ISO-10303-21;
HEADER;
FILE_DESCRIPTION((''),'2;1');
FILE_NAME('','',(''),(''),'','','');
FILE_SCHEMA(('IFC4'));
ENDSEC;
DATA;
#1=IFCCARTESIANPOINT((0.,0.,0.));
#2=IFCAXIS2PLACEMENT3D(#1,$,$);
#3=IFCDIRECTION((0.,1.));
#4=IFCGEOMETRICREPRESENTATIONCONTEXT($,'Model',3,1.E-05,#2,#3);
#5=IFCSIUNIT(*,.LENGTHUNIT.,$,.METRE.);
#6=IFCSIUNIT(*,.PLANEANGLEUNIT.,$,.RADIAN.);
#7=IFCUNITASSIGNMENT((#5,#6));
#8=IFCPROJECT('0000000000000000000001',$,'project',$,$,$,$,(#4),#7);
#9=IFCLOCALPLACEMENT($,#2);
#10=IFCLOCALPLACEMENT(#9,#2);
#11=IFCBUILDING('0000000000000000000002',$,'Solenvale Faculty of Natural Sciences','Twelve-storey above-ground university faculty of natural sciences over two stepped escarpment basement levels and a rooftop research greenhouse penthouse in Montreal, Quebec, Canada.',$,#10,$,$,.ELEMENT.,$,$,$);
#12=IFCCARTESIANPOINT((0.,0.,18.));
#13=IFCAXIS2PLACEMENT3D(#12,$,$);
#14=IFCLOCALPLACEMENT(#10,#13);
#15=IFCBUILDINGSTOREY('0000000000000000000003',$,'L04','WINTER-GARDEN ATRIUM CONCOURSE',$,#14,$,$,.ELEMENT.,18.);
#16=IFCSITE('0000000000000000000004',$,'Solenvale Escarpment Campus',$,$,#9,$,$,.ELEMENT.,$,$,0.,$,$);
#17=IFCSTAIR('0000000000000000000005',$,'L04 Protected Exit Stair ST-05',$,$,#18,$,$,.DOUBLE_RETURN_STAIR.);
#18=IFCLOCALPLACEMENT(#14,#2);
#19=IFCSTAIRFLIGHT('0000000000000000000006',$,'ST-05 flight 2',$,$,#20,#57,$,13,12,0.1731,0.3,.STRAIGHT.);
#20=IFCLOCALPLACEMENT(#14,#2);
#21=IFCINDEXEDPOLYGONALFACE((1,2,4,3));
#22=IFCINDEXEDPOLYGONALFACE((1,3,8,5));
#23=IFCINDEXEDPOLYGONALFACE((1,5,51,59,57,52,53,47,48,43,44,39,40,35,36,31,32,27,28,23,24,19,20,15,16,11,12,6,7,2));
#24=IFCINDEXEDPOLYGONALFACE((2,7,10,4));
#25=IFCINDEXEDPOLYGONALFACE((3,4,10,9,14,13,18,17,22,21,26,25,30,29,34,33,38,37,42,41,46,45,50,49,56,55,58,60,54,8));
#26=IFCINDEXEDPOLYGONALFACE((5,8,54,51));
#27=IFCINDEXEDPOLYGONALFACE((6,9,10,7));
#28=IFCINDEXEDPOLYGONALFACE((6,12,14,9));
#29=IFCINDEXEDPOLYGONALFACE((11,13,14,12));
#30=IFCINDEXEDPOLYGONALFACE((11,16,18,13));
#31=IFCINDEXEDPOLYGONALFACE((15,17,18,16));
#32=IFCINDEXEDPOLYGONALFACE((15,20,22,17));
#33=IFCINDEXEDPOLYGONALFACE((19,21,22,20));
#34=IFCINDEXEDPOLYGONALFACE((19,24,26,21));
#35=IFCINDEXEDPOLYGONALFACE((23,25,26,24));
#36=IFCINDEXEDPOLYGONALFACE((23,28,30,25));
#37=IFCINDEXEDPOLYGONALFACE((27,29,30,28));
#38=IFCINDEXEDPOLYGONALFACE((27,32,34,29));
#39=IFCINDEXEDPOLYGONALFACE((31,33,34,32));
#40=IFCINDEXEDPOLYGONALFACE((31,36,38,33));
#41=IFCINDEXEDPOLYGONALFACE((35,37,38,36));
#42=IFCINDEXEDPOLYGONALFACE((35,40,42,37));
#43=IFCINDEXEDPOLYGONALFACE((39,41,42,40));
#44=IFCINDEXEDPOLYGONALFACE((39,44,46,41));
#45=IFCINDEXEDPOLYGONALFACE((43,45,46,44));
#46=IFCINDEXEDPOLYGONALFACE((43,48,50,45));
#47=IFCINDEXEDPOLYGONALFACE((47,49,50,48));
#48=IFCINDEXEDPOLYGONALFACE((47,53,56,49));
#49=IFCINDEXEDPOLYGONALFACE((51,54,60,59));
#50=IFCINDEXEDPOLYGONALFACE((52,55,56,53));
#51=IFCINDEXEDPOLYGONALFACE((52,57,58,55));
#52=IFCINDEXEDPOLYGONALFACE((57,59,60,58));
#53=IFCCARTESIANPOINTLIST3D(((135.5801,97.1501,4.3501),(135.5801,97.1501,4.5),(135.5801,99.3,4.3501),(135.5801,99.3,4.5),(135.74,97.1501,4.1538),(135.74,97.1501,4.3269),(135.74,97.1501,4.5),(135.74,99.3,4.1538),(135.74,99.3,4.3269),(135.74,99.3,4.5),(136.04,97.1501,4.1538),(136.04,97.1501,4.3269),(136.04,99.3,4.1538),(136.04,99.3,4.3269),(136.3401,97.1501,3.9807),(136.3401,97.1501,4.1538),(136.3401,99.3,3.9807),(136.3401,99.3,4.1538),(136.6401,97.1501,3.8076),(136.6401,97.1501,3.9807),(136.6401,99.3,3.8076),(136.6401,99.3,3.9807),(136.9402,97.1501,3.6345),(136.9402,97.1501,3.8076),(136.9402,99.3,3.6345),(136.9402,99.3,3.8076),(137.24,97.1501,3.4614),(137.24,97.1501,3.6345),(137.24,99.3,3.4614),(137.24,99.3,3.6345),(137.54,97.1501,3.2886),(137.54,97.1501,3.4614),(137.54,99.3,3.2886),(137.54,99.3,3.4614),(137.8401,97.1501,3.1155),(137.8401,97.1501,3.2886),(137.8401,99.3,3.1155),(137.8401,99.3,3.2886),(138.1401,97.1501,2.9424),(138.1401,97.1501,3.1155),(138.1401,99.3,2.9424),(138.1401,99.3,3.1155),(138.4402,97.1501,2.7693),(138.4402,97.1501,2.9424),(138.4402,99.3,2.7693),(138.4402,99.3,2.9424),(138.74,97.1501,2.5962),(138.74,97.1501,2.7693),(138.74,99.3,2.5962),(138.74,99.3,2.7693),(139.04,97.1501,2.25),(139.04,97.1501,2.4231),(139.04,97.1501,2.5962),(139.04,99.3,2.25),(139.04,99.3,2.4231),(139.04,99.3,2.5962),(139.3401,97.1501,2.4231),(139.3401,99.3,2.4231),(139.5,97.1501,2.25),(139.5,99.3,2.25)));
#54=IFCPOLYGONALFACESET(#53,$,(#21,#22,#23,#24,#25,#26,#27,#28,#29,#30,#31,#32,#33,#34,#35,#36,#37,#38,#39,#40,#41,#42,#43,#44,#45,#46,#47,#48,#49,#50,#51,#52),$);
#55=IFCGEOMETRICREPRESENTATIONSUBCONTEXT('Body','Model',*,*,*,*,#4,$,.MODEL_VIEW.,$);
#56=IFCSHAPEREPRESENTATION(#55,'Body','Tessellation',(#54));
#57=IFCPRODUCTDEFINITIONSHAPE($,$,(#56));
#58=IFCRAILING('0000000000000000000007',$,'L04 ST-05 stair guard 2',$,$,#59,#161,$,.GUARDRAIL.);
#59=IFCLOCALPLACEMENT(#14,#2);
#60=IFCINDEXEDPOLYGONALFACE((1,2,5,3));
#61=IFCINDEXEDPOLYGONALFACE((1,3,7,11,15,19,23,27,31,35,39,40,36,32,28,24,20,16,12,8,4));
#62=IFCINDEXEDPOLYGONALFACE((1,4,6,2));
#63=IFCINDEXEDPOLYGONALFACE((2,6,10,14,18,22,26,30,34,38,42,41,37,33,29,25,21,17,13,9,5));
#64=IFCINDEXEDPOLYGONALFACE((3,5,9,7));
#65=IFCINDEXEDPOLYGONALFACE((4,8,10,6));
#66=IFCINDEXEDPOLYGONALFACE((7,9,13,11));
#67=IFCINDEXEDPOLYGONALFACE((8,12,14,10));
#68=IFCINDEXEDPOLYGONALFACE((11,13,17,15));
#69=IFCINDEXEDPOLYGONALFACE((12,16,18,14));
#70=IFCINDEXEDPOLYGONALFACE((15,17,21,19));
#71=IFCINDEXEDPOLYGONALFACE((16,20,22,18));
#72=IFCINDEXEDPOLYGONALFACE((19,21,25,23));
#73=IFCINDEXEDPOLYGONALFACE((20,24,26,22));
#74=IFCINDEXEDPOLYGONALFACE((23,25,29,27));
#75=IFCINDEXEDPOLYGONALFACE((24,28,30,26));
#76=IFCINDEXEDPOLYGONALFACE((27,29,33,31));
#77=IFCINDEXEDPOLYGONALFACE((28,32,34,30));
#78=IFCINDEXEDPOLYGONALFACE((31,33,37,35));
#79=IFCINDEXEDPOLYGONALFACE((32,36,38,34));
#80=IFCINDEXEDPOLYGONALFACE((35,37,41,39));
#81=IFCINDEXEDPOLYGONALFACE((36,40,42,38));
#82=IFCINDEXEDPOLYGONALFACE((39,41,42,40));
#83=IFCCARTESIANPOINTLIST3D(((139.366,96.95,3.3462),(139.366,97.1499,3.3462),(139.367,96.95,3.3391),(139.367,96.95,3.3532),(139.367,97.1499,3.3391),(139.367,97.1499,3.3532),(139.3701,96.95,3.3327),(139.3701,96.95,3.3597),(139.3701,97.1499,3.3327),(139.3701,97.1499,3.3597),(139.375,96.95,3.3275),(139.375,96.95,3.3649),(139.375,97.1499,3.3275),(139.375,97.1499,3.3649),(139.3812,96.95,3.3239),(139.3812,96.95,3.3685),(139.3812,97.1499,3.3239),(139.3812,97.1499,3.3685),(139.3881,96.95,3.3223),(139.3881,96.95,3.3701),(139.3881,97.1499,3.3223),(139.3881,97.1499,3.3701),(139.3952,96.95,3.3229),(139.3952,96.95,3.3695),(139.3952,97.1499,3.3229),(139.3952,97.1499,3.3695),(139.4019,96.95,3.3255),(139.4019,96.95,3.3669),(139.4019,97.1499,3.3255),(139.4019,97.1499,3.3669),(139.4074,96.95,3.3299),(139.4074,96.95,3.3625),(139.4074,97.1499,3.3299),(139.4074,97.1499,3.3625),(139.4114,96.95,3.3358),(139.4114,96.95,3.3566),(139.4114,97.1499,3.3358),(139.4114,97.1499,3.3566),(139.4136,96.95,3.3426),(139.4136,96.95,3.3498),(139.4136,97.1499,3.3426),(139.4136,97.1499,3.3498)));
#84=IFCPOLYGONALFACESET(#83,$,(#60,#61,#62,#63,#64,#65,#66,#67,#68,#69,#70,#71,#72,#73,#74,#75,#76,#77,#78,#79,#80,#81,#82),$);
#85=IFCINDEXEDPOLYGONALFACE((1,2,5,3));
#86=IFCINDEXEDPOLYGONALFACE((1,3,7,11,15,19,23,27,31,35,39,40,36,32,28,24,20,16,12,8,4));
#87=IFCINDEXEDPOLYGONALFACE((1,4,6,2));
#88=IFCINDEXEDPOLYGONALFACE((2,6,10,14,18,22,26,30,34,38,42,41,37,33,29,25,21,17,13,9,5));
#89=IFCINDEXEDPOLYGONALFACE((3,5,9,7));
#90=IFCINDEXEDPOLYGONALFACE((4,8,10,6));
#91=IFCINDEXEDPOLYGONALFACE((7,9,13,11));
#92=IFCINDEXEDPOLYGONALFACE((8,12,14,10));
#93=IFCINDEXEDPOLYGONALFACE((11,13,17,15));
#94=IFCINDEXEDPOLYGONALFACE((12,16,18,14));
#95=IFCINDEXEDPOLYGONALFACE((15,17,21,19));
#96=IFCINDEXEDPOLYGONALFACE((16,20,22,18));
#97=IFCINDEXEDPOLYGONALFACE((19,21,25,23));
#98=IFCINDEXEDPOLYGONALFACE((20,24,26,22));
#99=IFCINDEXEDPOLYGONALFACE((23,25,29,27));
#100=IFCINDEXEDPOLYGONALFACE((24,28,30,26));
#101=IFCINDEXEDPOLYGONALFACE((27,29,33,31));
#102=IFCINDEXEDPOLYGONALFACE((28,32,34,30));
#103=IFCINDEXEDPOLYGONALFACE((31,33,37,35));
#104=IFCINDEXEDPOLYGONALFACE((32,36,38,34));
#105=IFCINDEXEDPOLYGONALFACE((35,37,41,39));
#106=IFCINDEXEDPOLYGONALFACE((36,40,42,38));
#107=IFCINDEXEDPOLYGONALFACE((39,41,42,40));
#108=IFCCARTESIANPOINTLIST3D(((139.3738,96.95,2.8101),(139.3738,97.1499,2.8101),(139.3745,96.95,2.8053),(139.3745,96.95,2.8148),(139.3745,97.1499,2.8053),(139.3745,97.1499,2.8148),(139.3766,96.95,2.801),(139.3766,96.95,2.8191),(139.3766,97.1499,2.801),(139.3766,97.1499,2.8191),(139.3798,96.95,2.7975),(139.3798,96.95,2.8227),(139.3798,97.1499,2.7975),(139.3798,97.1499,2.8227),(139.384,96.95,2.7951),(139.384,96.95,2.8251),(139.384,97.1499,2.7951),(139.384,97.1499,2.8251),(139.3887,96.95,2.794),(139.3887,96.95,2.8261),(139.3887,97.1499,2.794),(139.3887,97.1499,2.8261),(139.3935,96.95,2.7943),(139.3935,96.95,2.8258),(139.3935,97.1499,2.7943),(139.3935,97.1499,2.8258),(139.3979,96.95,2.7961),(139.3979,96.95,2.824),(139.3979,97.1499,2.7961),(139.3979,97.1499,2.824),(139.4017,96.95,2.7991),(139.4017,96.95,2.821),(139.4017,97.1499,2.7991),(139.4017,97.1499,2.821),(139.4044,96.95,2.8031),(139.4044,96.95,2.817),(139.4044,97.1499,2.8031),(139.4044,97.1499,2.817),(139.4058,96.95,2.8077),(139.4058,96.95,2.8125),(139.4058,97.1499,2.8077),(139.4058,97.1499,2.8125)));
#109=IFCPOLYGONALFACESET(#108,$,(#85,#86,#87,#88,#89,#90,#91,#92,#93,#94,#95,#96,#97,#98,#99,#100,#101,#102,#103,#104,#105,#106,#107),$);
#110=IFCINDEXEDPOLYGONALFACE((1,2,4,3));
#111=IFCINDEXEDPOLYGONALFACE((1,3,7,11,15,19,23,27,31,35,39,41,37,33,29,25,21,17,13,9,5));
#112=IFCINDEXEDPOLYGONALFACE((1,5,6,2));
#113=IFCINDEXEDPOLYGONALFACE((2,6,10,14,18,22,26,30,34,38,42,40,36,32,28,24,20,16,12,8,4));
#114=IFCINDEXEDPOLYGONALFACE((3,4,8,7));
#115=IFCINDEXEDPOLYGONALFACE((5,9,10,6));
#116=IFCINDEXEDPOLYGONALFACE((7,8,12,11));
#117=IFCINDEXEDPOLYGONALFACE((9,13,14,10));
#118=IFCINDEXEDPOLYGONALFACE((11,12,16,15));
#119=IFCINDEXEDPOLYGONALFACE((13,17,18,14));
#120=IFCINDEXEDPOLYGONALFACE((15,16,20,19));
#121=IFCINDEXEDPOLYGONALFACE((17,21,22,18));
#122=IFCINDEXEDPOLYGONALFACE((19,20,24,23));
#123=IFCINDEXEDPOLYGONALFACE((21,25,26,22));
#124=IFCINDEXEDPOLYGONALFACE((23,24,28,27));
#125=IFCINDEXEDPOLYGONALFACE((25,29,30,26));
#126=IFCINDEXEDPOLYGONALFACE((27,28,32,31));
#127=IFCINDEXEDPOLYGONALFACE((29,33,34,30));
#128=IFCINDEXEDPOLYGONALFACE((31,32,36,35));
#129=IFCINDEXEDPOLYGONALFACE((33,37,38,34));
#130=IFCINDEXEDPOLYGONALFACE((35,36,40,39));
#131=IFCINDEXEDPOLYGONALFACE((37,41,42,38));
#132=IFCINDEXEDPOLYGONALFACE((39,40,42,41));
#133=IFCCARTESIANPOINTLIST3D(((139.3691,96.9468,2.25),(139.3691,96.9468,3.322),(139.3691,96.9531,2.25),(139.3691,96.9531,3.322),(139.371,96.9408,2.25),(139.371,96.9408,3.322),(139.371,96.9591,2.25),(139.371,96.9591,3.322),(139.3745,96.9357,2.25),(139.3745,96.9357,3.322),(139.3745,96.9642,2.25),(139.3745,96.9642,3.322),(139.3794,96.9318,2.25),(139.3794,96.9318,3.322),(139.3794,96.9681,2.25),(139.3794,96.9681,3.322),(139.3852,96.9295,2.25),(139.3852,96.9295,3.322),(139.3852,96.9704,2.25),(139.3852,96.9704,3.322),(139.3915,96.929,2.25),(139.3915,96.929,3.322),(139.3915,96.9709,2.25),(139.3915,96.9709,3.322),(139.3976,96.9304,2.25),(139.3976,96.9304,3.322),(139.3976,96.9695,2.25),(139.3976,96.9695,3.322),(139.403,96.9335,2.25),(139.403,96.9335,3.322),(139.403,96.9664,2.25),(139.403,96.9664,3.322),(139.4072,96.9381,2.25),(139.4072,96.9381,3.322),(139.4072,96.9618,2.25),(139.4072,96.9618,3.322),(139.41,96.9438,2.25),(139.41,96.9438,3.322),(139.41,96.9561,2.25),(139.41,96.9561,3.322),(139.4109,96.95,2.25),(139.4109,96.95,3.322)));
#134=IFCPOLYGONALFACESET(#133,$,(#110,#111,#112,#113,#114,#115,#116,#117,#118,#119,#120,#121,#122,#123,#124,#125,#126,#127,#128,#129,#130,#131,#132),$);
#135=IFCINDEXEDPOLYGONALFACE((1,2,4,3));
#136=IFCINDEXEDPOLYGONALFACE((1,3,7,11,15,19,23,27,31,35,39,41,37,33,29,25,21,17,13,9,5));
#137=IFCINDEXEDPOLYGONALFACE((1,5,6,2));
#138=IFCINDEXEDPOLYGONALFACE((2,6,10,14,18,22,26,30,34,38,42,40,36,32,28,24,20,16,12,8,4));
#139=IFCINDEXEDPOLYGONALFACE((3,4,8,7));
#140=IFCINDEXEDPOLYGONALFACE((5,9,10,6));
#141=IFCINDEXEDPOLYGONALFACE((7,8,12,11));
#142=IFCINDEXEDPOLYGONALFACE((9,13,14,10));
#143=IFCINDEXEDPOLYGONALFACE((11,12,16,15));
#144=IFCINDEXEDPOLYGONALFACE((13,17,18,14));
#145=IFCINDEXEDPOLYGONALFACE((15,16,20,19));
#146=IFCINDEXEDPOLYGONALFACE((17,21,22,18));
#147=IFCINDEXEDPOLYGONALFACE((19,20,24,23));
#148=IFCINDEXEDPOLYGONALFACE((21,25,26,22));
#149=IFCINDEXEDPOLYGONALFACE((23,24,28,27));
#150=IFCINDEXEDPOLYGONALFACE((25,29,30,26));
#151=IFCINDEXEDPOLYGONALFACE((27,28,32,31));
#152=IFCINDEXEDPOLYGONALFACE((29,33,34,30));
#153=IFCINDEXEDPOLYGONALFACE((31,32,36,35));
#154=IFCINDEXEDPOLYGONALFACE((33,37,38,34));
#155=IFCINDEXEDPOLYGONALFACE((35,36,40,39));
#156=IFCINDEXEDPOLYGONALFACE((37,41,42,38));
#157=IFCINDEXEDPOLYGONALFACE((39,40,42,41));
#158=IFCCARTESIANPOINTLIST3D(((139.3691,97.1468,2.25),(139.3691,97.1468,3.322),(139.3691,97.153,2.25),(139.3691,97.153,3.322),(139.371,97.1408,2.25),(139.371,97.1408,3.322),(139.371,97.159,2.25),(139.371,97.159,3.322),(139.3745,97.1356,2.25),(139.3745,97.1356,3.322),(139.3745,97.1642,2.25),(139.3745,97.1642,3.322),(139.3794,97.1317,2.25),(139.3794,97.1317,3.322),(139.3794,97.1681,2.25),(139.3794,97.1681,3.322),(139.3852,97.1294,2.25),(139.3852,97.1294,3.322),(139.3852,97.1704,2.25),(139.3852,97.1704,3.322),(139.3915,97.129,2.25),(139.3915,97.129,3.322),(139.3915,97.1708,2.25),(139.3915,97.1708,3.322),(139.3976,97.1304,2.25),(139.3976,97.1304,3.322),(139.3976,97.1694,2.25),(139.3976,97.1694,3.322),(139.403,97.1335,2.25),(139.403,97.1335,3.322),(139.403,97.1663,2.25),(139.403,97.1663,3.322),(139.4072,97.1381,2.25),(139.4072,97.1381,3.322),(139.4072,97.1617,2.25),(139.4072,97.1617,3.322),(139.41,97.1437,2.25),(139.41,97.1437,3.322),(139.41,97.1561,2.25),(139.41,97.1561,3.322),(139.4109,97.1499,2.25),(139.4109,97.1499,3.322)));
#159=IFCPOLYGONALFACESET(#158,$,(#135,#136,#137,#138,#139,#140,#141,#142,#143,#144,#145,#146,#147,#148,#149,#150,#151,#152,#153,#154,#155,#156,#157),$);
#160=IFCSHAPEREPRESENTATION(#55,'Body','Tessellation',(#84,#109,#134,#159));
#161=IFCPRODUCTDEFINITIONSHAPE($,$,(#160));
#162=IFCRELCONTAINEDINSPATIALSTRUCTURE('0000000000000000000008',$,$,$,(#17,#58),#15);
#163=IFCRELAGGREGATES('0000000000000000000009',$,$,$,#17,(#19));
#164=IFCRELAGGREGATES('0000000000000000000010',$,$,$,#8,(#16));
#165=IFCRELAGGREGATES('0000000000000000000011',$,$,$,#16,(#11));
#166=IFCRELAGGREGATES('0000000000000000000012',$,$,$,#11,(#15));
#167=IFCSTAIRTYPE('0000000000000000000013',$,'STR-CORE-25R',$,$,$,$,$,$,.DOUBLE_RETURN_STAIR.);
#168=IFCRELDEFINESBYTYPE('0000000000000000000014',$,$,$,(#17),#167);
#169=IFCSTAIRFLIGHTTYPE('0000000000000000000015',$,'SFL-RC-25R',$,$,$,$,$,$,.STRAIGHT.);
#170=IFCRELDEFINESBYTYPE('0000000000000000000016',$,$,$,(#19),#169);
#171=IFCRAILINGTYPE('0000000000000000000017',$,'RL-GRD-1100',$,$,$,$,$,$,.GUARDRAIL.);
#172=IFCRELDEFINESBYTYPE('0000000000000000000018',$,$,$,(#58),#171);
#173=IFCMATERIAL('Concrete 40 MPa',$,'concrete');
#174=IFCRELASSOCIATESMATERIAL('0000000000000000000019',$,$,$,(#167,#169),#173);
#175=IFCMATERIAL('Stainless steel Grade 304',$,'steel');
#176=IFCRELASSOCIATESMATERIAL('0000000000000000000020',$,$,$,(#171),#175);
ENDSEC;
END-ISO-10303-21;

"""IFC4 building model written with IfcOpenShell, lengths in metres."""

from ifc_helpers import new_model, si_unit, direction, frame, origin, origin_2d, place, context, subcontext, project, spatial, polyline, circle, outline, extrude, material, type_object, element, aggregate, save


model = new_model("IFC4")

# Units and contexts
model_context = context("Model", 3, precision=1e-05, world=origin(), true_north=direction((0.0, 1.0)))
body_context = subcontext(model_context, "Body", "Model", "MODEL_VIEW")
ifc_project = project(units=[si_unit("LENGTHUNIT", "METRE"), si_unit("PLANEANGLEUNIT", "RADIAN")], contexts=[model_context])

# Site, building, storey
site_placement = place(None, origin())
site = spatial("IfcSite", under=ifc_project, at=site_placement, Name="Solenvale Escarpment Campus", CompositionType="ELEMENT", RefElevation=0.0)
building_placement = place(site_placement, origin())
building = spatial("IfcBuilding", under=site, at=building_placement, Name="Solenvale Faculty of Natural Sciences", Description="Twelve-storey above-ground university faculty of natural sciences over two stepped escarpment basement levels and a rooftop research greenhouse penthouse in Montreal, Quebec, Canada.", CompositionType="ELEMENT")
storey_placement = place(building_placement, frame((0.0, 0.0, 18.0)))
storey = spatial("IfcBuildingStorey", under=building, at=storey_placement, Name="L04", Description="WINTER-GARDEN ATRIUM CONCOURSE", CompositionType="ELEMENT", Elevation=18.0)

# Shared definitions
ifc_material_1 = material(Name="Concrete 40 MPa", Category="concrete")

# Shared definitions
ifc_material_2 = material(Name="Stainless steel Grade 304", Category="steel")

# Stair, stair flight
stair_type = type_object("IfcStairType", Name="STR-CORE-25R", PredefinedType="DOUBLE_RETURN_STAIR", material=ifc_material_1)
stair_placement = place(storey_placement, origin())
stair = element("IfcStair", 1, at=stair_placement, inside=storey, type_object=stair_type, Name="L04 Protected Exit Stair ST-05", PredefinedType="DOUBLE_RETURN_STAIR")
stair_flight_type = type_object("IfcStairFlightType", Name="SFL-RC-25R", PredefinedType="STRAIGHT", material=ifc_material_1)
stair_flight_placement = place(storey_placement, frame((139.3401, 98.2251, 2.25), z_axis=(0.0, 0.0, 1.0), x_axis=(-1.0, 0.0, 0.0)))
stair_flight = element("IfcStairFlight", 2, at=stair_flight_placement, type_object=stair_flight_type, Name="ST-05 flight 2", NumberOfRisers=13, NumberOfTreads=12, PredefinedType="STRAIGHT", RiserHeight=0.1731, TreadLength=0.3, context=body_context, shape_type="SweptSolid", body=[
    extrude(outline(polyline([(-0.1599, 0.0), (0.0, 0.1731), (0.3, 0.1731), (0.3, 0.3462), (0.6001, 0.3462), (0.6001, 0.5193), (0.8999, 0.5193), (0.8999, 0.6924), (1.2, 0.6924), (1.2, 0.8655), (1.5, 0.8655), (1.5, 1.0386), (1.8, 1.0386), (1.8, 1.2114), (2.1001, 1.2114), (2.1001, 1.3845), (2.3999, 1.3845), (2.3999, 1.5576), (2.7, 1.5576), (2.7, 1.7307), (3.0, 1.7307), (3.0, 1.9038), (3.3, 1.9038), (3.3, 2.0769), (3.6001, 2.0769), (3.6001, 2.25), (3.76, 2.25), (3.76, 2.1001), (3.6001, 1.9038), (0.3, 0.0), (-0.1599, 0.0)])), frame((0.0, 1.075, 0.0), z_axis=(0.0, -1.0, 0.0), x_axis=(1.0, 0.0, 0.0)), (0.0, 0.0, 1.0), 2.1499),
])
aggregate(stair, [stair_flight])

# Railing
railing_type_1 = type_object("IfcRailingType", Name="RL-GRD-1100", PredefinedType="GUARDRAIL", material=ifc_material_2)
railing_1_placement = place(storey_placement, frame((139.3899, 96.95, 2.25)))
element("IfcRailing", 3, at=railing_1_placement, inside=storey, type_object=railing_type_1, Name="L04 ST-05 stair guard 2", PredefinedType="GUARDRAIL", context=body_context, shape_type="SweptSolid", body=[
    extrude(circle(Radius=0.0239, at=origin_2d()), frame((0.0, 0.0, 1.0962), z_axis=(0.0, 1.0, 0.0), x_axis=(-1.0, 0.0, 0.0)), (0.0, 0.0, 1.0), 0.2),
    extrude(circle(Radius=0.0161, at=origin_2d()), frame((0.0, 0.0, 0.5601), z_axis=(0.0, 1.0, 0.0), x_axis=(-1.0, 0.0, 0.0)), (0.0, 0.0, 1.0), 0.2),
    extrude(circle(Radius=0.021, at=origin_2d()), origin(), (0.0, 0.0, 1.0), 1.072),
    extrude(circle(Radius=0.021, at=origin_2d()), frame((0.0, 0.2, 0.0)), (0.0, 0.0, 1.0), 1.072),
])

save(model, "model.ifc")
